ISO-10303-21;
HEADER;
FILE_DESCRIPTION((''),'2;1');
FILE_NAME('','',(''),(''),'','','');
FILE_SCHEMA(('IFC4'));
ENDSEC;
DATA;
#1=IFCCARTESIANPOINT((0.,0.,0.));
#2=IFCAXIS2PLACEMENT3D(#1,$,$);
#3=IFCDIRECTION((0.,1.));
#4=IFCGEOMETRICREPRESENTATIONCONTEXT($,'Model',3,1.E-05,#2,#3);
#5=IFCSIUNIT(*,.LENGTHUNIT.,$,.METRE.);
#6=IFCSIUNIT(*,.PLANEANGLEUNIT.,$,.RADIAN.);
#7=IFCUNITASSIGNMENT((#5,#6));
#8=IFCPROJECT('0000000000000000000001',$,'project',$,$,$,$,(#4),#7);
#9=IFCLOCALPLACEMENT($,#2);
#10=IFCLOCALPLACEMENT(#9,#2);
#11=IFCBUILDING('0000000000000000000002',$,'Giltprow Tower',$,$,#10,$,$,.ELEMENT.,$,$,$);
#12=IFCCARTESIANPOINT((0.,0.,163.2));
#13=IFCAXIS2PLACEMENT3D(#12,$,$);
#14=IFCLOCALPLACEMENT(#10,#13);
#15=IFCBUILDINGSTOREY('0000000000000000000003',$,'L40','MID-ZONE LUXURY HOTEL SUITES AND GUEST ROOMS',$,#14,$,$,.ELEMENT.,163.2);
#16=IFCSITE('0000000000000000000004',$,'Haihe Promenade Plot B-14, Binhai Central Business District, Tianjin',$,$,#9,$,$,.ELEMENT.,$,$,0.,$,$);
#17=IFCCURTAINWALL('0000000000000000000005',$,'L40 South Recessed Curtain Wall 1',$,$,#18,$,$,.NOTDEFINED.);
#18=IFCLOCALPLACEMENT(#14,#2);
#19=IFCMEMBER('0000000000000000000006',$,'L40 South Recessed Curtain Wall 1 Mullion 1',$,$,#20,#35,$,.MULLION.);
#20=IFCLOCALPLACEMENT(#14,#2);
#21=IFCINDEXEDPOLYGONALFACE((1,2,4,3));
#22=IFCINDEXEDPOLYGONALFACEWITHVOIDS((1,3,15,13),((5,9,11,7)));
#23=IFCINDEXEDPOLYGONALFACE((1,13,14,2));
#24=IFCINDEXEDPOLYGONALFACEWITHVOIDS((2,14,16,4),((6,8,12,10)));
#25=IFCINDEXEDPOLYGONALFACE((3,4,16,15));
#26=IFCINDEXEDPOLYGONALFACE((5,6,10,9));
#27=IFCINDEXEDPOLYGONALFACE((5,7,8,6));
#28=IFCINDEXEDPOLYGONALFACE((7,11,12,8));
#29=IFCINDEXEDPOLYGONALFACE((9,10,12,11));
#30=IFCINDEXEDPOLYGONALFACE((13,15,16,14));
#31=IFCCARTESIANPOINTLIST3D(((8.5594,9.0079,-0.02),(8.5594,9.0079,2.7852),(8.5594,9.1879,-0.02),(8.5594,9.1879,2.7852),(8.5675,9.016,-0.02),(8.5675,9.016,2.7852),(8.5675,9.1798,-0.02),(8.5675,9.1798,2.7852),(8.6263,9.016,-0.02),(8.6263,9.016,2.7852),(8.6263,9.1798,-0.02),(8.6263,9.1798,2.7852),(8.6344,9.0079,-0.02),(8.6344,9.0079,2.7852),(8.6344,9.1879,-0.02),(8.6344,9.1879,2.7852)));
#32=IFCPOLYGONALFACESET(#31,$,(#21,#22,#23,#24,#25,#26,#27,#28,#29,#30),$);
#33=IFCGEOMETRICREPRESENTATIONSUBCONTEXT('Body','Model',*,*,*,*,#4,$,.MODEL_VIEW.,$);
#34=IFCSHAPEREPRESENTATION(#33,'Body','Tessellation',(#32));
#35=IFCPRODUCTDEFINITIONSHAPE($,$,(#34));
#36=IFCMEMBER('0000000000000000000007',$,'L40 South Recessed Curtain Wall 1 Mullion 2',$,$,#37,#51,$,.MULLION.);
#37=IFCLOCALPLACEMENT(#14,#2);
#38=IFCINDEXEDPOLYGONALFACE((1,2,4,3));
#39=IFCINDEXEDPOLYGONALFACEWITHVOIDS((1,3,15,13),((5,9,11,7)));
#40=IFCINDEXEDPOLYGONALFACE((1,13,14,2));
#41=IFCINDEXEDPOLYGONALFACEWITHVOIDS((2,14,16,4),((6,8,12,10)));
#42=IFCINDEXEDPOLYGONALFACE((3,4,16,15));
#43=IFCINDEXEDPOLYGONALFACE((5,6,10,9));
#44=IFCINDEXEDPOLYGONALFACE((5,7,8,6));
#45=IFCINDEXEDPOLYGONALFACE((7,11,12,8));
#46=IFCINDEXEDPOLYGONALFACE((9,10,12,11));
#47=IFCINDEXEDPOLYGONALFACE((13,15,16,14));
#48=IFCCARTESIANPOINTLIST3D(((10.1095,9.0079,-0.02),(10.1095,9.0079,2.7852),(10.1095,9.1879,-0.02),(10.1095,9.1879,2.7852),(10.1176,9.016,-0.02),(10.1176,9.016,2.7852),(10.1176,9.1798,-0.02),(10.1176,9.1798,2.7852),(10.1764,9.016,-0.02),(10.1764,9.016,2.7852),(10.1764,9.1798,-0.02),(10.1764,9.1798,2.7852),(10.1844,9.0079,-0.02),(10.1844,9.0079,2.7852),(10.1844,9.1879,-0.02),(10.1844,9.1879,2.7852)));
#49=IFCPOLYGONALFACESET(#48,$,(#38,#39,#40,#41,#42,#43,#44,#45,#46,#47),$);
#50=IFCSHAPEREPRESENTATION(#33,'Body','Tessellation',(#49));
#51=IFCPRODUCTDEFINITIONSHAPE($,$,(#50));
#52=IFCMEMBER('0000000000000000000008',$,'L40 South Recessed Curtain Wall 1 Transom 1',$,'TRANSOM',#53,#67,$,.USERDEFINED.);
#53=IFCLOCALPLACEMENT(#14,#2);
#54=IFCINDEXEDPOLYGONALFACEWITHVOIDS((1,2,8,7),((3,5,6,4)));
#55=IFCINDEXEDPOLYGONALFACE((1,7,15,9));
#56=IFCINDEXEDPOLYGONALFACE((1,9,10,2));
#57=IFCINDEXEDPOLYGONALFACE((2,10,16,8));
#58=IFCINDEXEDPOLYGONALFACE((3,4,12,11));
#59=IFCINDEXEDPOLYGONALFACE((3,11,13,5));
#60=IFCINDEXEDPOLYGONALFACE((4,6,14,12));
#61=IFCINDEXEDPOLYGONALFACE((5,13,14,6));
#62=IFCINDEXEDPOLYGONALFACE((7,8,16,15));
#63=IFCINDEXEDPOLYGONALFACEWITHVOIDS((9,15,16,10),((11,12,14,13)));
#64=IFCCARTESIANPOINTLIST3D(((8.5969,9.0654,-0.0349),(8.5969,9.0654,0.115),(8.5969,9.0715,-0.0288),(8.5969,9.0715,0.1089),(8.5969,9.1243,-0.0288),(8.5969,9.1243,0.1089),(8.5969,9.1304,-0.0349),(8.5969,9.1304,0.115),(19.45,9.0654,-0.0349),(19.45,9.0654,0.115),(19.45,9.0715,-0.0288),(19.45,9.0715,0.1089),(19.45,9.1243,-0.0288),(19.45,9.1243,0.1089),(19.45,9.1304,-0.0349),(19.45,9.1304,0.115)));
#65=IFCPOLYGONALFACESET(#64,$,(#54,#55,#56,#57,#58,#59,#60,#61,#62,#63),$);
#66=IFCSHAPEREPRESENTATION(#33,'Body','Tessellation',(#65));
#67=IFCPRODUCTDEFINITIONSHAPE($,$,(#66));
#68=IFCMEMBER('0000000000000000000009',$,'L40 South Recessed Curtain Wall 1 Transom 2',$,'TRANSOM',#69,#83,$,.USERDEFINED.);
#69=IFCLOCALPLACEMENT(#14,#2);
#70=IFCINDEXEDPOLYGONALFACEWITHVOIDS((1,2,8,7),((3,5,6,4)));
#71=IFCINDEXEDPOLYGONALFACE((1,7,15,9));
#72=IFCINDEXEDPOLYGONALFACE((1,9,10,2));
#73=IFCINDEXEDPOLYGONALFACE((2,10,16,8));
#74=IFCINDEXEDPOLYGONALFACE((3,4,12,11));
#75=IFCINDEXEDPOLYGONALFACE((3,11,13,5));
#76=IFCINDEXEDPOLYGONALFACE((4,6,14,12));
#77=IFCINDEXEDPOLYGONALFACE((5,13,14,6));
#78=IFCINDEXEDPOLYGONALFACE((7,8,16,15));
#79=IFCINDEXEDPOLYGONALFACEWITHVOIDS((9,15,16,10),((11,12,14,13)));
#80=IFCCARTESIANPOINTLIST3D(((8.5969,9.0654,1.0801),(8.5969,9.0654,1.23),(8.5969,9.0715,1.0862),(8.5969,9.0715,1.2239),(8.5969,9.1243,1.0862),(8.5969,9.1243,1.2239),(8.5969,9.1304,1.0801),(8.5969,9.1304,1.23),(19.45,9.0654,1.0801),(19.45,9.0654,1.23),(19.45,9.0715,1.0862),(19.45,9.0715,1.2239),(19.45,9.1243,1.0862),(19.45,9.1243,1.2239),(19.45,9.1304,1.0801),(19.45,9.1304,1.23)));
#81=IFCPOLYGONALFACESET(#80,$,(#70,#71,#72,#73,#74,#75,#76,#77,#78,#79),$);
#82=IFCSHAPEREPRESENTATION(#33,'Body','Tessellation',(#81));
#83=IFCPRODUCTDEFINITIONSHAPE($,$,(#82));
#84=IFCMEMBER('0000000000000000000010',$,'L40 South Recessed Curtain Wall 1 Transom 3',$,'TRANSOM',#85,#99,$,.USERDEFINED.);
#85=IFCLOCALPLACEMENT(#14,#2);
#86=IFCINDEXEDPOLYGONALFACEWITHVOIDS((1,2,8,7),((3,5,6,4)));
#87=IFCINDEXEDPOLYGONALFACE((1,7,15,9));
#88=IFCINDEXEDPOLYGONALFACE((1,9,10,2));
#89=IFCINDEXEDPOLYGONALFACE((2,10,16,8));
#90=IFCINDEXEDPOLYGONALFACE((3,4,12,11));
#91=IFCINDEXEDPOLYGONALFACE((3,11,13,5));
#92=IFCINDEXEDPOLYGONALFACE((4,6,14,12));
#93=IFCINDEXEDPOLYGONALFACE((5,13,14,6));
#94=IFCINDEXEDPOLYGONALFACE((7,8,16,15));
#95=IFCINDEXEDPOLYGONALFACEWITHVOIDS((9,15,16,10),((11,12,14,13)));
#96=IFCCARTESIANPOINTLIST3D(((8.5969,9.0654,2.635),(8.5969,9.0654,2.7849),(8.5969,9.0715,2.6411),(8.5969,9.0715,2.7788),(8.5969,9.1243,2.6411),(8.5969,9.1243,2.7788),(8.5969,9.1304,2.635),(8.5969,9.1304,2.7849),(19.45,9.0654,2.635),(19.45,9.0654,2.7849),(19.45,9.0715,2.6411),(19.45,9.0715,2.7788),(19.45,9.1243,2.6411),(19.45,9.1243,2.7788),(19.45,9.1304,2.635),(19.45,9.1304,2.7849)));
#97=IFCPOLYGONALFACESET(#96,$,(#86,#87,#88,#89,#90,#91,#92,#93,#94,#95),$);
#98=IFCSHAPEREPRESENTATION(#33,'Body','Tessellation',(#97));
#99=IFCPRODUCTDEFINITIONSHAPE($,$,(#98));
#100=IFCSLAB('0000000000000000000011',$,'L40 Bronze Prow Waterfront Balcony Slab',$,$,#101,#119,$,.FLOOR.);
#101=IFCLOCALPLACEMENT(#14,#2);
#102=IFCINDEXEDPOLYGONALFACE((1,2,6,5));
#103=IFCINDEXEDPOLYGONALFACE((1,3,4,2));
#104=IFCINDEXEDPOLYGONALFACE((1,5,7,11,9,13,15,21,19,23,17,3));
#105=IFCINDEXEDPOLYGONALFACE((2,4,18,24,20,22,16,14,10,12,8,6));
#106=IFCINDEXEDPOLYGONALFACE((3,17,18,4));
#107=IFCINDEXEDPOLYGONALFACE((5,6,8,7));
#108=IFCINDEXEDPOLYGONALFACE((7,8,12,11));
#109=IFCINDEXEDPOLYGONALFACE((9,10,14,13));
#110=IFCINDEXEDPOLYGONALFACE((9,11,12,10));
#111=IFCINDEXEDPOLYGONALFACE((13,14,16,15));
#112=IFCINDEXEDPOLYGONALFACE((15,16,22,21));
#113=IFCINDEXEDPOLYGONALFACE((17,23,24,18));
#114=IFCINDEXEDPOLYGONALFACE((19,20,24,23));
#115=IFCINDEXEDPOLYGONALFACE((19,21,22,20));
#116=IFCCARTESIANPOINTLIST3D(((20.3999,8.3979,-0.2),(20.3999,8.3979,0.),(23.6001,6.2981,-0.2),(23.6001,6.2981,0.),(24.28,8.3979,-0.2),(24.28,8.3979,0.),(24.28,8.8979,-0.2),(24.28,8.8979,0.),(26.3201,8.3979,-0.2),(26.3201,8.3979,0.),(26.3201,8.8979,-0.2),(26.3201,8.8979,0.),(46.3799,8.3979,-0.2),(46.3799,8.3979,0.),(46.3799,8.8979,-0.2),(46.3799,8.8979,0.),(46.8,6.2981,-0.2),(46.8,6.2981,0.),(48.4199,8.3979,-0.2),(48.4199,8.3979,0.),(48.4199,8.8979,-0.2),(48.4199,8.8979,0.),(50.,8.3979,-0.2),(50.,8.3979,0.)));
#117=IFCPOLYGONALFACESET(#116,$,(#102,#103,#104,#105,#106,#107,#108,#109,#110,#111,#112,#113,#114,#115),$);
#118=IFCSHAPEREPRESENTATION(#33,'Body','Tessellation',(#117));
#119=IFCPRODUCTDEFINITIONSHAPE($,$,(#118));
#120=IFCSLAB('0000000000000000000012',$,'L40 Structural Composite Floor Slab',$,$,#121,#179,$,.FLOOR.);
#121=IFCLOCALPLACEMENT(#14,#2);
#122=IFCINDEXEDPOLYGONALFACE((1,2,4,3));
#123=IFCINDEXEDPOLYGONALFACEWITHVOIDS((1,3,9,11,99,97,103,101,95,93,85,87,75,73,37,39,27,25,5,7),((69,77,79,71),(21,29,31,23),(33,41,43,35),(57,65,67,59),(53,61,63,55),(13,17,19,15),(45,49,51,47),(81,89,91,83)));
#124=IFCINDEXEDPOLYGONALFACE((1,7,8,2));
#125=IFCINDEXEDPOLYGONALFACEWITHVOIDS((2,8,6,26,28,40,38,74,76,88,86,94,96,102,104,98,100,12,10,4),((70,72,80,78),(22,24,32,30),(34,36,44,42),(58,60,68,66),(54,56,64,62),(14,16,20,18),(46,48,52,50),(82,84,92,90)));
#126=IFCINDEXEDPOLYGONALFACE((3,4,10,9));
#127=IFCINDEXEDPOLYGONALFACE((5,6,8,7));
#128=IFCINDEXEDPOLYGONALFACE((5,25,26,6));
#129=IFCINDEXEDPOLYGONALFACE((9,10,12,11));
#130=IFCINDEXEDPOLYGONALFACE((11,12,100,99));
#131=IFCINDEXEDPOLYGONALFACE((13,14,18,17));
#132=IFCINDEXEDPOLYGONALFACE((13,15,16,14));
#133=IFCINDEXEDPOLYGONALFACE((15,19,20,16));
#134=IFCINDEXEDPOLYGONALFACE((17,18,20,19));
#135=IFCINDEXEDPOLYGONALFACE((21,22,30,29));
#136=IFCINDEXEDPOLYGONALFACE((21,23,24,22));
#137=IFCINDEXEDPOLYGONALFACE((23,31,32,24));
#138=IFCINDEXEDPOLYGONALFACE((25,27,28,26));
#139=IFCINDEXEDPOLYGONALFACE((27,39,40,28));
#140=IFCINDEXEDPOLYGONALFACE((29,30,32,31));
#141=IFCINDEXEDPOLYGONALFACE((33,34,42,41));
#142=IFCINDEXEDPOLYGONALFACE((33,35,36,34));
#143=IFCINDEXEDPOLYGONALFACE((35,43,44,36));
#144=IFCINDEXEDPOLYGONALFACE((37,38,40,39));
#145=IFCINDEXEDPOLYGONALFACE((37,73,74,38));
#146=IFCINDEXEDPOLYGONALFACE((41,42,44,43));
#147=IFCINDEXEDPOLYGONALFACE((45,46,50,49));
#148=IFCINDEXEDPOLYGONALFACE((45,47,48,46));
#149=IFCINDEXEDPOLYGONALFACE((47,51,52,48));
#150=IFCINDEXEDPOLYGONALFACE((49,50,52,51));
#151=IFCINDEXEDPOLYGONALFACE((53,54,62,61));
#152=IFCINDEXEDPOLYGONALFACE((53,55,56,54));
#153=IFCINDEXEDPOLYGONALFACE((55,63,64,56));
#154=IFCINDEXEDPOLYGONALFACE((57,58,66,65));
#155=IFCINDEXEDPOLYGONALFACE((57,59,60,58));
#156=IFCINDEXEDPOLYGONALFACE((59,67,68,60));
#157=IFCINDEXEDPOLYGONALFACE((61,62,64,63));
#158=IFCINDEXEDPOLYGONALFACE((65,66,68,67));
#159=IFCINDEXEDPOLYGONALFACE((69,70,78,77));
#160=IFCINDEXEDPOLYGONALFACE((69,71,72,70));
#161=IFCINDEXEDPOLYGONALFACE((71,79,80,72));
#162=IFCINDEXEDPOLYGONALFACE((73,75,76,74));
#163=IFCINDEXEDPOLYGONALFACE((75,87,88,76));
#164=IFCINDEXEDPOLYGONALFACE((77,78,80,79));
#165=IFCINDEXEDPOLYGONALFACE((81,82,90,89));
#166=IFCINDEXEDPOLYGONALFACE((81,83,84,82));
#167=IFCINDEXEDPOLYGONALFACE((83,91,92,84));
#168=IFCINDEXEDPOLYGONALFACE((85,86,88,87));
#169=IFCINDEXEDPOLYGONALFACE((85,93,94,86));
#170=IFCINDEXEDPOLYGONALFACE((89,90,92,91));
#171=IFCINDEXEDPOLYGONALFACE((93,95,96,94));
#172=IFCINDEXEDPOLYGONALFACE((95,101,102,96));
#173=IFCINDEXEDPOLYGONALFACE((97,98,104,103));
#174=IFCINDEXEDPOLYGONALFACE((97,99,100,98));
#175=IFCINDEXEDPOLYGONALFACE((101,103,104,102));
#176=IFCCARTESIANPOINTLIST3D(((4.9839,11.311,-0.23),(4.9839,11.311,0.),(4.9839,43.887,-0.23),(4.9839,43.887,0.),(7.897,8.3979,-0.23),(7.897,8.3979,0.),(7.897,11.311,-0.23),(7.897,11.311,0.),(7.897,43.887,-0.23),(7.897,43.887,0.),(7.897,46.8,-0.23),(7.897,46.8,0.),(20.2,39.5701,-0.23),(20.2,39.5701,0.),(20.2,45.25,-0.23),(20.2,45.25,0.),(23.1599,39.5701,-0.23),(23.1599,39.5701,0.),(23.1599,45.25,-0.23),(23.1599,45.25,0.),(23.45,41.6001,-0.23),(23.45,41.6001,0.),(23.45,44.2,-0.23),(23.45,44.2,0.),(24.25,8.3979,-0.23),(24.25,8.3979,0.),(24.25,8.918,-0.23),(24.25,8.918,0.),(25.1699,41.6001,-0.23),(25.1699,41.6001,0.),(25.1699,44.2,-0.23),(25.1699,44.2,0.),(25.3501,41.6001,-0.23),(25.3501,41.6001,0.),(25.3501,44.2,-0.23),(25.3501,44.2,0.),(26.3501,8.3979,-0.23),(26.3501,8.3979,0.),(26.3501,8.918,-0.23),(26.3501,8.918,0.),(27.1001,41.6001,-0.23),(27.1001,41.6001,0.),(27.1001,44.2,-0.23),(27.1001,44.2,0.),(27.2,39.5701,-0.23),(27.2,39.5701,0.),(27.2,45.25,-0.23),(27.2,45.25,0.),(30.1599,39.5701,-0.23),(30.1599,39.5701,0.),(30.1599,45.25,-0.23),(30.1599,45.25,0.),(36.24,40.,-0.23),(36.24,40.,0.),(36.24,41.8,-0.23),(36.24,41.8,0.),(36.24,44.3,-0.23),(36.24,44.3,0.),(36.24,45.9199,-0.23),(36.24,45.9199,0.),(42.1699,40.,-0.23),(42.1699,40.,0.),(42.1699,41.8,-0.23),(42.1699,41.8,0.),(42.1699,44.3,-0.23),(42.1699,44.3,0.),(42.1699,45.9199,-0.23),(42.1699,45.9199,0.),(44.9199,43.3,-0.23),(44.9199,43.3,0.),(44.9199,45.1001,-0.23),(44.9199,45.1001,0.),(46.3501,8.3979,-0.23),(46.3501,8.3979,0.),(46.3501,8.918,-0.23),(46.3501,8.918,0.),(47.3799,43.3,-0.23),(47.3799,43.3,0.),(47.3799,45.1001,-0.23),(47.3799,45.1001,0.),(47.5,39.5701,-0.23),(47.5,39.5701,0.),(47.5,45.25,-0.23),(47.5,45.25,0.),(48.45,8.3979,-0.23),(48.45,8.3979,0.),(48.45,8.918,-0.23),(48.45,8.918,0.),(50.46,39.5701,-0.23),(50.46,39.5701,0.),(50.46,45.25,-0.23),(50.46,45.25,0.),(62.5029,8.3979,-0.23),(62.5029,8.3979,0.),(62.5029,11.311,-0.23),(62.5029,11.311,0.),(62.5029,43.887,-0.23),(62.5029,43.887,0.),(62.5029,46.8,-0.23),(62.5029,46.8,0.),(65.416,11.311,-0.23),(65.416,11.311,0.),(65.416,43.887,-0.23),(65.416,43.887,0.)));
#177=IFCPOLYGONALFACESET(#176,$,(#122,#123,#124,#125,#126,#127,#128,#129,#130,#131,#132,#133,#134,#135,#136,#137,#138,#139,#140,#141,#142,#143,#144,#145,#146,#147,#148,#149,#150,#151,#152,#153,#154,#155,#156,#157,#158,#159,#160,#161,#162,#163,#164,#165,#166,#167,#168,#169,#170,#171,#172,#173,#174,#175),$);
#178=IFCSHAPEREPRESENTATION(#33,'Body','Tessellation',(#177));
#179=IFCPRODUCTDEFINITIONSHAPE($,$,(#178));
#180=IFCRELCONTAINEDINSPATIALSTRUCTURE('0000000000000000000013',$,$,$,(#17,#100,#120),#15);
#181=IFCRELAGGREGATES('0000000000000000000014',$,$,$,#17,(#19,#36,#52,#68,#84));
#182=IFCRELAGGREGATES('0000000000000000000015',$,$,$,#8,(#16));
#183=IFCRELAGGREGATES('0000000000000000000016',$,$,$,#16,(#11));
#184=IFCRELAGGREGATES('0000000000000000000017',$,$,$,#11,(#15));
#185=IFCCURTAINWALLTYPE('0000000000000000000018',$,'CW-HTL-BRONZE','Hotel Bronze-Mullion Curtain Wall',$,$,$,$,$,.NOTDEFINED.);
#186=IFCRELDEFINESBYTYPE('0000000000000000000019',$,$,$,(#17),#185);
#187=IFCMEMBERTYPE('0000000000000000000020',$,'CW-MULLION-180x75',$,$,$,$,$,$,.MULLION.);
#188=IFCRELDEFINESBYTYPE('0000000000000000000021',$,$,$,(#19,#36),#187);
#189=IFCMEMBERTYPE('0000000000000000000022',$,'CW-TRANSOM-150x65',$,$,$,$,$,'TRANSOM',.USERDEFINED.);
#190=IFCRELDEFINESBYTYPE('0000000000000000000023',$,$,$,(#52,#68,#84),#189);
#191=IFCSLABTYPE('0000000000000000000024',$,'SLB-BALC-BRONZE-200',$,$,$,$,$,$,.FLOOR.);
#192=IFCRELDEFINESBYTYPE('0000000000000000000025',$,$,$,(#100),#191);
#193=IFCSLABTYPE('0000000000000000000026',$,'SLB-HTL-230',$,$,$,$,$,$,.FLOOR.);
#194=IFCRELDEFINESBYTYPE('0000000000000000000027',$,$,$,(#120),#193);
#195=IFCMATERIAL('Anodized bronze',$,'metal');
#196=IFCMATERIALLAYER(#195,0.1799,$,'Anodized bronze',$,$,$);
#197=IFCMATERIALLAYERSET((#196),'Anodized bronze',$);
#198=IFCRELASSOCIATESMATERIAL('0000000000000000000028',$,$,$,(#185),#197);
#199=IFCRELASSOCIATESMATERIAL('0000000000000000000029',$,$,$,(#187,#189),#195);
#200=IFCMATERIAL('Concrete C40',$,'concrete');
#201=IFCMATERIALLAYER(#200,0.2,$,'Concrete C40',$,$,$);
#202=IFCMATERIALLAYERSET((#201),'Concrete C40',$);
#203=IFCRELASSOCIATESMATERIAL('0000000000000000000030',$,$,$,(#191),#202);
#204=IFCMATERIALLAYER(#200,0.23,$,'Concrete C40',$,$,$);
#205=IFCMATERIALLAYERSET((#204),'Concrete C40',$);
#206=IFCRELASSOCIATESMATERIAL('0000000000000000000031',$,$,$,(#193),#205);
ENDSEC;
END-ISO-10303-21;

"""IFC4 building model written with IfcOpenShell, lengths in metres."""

from ifc_helpers import new_model, si_unit, direction, frame, origin, origin_2d, place, context, subcontext, project, spatial, polyline, hollow_rectangle, outline, extrude, source, transform, mapped, material, layer, layer_set, material_profile, profile_set, type_object, element, aggregate, save


model = new_model("IFC4")

# Units and contexts
model_context = context("Model", 3, precision=1e-05, world=origin(), true_north=direction((0.0, 1.0)))
body_context = subcontext(model_context, "Body", "Model", "MODEL_VIEW")
ifc_project = project(units=[si_unit("LENGTHUNIT", "METRE"), si_unit("PLANEANGLEUNIT", "RADIAN")], contexts=[model_context])

# Site, building, storey
site_placement = place(None, origin())
site = spatial("IfcSite", under=ifc_project, at=site_placement, Name="Haihe Promenade Plot B-14, Binhai Central Business District, Tianjin", CompositionType="ELEMENT", RefElevation=0.0)
building_placement = place(site_placement, origin())
building = spatial("IfcBuilding", under=site, at=building_placement, Name="Giltprow Tower", CompositionType="ELEMENT")
storey_placement = place(building_placement, frame((0.0, 0.0, 163.2)))
storey = spatial("IfcBuildingStorey", under=building, at=storey_placement, Name="L40", Description="MID-ZONE LUXURY HOTEL SUITES AND GUEST ROOMS", CompositionType="ELEMENT", Elevation=163.2)

# Curtain wall, members
ifc_material_1 = material(Name="Anodized bronze", Category="metal")
ifc_layer_1 = layer(ifc_material_1, 0.1799, Name="Anodized bronze")
ifc_layer_set_1 = layer_set([ifc_layer_1], Name="Anodized bronze")
curtain_wall_type = type_object("IfcCurtainWallType", Name="CW-HTL-BRONZE", Description="Hotel Bronze-Mullion Curtain Wall", PredefinedType="NOTDEFINED", material=ifc_layer_set_1)
curtain_wall_placement = place(storey_placement, origin())
curtain_wall = element("IfcCurtainWall", 1, at=curtain_wall_placement, inside=storey, type_object=curtain_wall_type, Name="L40 South Recessed Curtain Wall 1", PredefinedType="NOTDEFINED")
ifc_material_profile_1 = material_profile(ifc_material_1, hollow_rectangle(XDim=0.075, YDim=0.1799, WallThickness=0.0081, at=origin_2d()), Name="RHS 180x75x8")
ifc_profile_set_1 = profile_set([ifc_material_profile_1], Name="Anodized bronze")
member_type_1 = type_object("IfcMemberType", Name="CW-MULLION-180x75", PredefinedType="MULLION", material=ifc_profile_set_1)
shared_shape_1 = source(origin(), body_context, "Body", "SweptSolid", [
    extrude(hollow_rectangle(XDim=0.075, YDim=0.1799, WallThickness=0.0081, at=origin_2d()), origin(), (0.0, 0.0, 1.0), 2.8052),
])
member_1_placement = place(storey_placement, frame((8.5969, 9.0979, -0.02), z_axis=(0.0, 0.0, 1.0), x_axis=(1.0, 0.0, 0.0)))
member_1 = element("IfcMember", 2, at=member_1_placement, type_object=member_type_1, Name="L40 South Recessed Curtain Wall 1 Mullion 1", PredefinedType="MULLION", context=body_context, shape_type="MappedRepresentation", body=[
    mapped(shared_shape_1, transform((0.0, 0.0, 0.0), x_axis=(1.0, 0.0, 0.0), y_axis=(0.0, 1.0, 0.0), z_axis=(0.0, 0.0, 1.0), scale=1.0)),
])
member_2_placement = place(storey_placement, frame((10.147, 9.0979, -0.02), z_axis=(0.0, 0.0, 1.0), x_axis=(1.0, 0.0, 0.0)))
member_2 = element("IfcMember", 3, at=member_2_placement, type_object=member_type_1, Name="L40 South Recessed Curtain Wall 1 Mullion 2", PredefinedType="MULLION", context=body_context, shape_type="MappedRepresentation", body=[
    mapped(shared_shape_1, transform((0.0, 0.0, 0.0), x_axis=(1.0, 0.0, 0.0), y_axis=(0.0, 1.0, 0.0), z_axis=(0.0, 0.0, 1.0), scale=1.0)),
])
ifc_material_profile_2 = material_profile(ifc_material_1, hollow_rectangle(XDim=0.0649, YDim=0.1499, WallThickness=0.0061, at=origin_2d()), Name="RHS 150x65x6")
ifc_profile_set_2 = profile_set([ifc_material_profile_2], Name="Anodized bronze")
member_type_2 = type_object("IfcMemberType", Name="CW-TRANSOM-150x65", ElementType="TRANSOM", PredefinedType="USERDEFINED", material=ifc_profile_set_2)
shared_shape_2 = source(origin(), body_context, "Body", "SweptSolid", [
    extrude(hollow_rectangle(XDim=0.0649, YDim=0.1499, WallThickness=0.0061, at=origin_2d()), origin(), (0.0, 0.0, 1.0), 10.853),
])
member_3_placement = place(storey_placement, frame((8.5969, 9.0979, 0.04), z_axis=(1.0, 0.0, 0.0), x_axis=(0.0, 1.0, 0.0)))
member_3 = element("IfcMember", 4, at=member_3_placement, type_object=member_type_2, Name="L40 South Recessed Curtain Wall 1 Transom 1", ObjectType="TRANSOM", PredefinedType="USERDEFINED", context=body_context, shape_type="MappedRepresentation", body=[
    mapped(shared_shape_2, transform((0.0, 0.0, 0.0), x_axis=(1.0, 0.0, 0.0), y_axis=(0.0, 1.0, 0.0), z_axis=(0.0, 0.0, 1.0), scale=1.0)),
])
member_4_placement = place(storey_placement, frame((8.5969, 9.0979, 1.155), z_axis=(1.0, 0.0, 0.0), x_axis=(0.0, 1.0, 0.0)))
member_4 = element("IfcMember", 5, at=member_4_placement, type_object=member_type_2, Name="L40 South Recessed Curtain Wall 1 Transom 2", ObjectType="TRANSOM", PredefinedType="USERDEFINED", context=body_context, shape_type="MappedRepresentation", body=[
    mapped(shared_shape_2, transform((0.0, 0.0, 0.0), x_axis=(1.0, 0.0, 0.0), y_axis=(0.0, 1.0, 0.0), z_axis=(0.0, 0.0, 1.0), scale=1.0)),
])
member_5_placement = place(storey_placement, frame((8.5969, 9.0979, 2.71), z_axis=(1.0, 0.0, 0.0), x_axis=(0.0, 1.0, 0.0)))
member_5 = element("IfcMember", 6, at=member_5_placement, type_object=member_type_2, Name="L40 South Recessed Curtain Wall 1 Transom 3", ObjectType="TRANSOM", PredefinedType="USERDEFINED", context=body_context, shape_type="MappedRepresentation", body=[
    mapped(shared_shape_2, transform((0.0, 0.0, 0.0), x_axis=(1.0, 0.0, 0.0), y_axis=(0.0, 1.0, 0.0), z_axis=(0.0, 0.0, 1.0), scale=1.0)),
])

# Slabs
ifc_material_2 = material(Name="Concrete C40", Category="concrete")
ifc_layer_2 = layer(ifc_material_2, 0.2, Name="Concrete C40")
ifc_layer_set_2 = layer_set([ifc_layer_2], Name="Concrete C40")
slab_type_1 = type_object("IfcSlabType", Name="SLB-BALC-BRONZE-200", PredefinedType="FLOOR", material=ifc_layer_set_2)
slab_1_placement = place(storey_placement, frame((0.0, 0.0, -0.2)))
element("IfcSlab", 7, at=slab_1_placement, inside=storey, type_object=slab_type_1, Name="L40 Bronze Prow Waterfront Balcony Slab", PredefinedType="FLOOR", context=body_context, shape_type="SweptSolid", body=[
    extrude(outline(polyline([(50.0, 8.3979), (46.8, 6.2981), (23.6001, 6.2981), (20.3999, 8.3979), (24.28, 8.3979), (24.28, 8.8979), (26.3201, 8.8979), (26.3201, 8.3979), (46.3799, 8.3979), (46.3799, 8.8979), (48.4199, 8.8979), (48.4199, 8.3979), (50.0, 8.3979)])), origin(), (0.0, 0.0, 1.0), 0.2),
])
ifc_layer_3 = layer(ifc_material_2, 0.23, Name="Concrete C40")
ifc_layer_set_3 = layer_set([ifc_layer_3], Name="Concrete C40")
slab_type_2 = type_object("IfcSlabType", Name="SLB-HTL-230", PredefinedType="FLOOR", material=ifc_layer_set_3)
slab_2_placement = place(storey_placement, frame((0.0, 0.0, -0.23)))
element("IfcSlab", 8, at=slab_2_placement, inside=storey, type_object=slab_type_2, Name="L40 Structural Composite Floor Slab", PredefinedType="FLOOR", context=body_context, shape_type="SweptSolid", body=[
    extrude(outline(polyline([(7.897, 8.3979), (7.897, 11.311), (4.9839, 11.311), (4.9839, 43.887), (7.897, 43.887), (7.897, 46.8), (62.5029, 46.8), (62.5029, 43.887), (65.416, 43.887), (65.416, 11.311), (62.5029, 11.311), (62.5029, 8.3979), (48.45, 8.3979), (48.45, 8.918), (46.3501, 8.918), (46.3501, 8.3979), (26.3501, 8.3979), (26.3501, 8.918), (24.25, 8.918), (24.25, 8.3979), (7.897, 8.3979)]), holes=[polyline([(42.1699, 41.8), (36.24, 41.8), (36.24, 40.0), (42.1699, 40.0), (42.1699, 41.8)]), polyline([(23.1599, 39.5701), (23.1599, 45.25), (20.2, 45.25), (20.2, 39.5701), (23.1599, 39.5701)]), polyline([(30.1599, 39.5701), (30.1599, 45.25), (27.2, 45.25), (27.2, 39.5701), (30.1599, 39.5701)]), polyline([(50.46, 45.25), (47.5, 45.25), (47.5, 39.5701), (50.46, 39.5701), (50.46, 45.25)]), polyline([(25.1699, 44.2), (23.45, 44.2), (23.45, 41.6001), (25.1699, 41.6001), (25.1699, 44.2)]), polyline([(27.1001, 44.2), (25.3501, 44.2), (25.3501, 41.6001), (27.1001, 41.6001), (27.1001, 44.2)]), polyline([(47.3799, 43.3), (47.3799, 45.1001), (44.9199, 45.1001), (44.9199, 43.3), (47.3799, 43.3)]), polyline([(42.1699, 44.3), (42.1699, 45.9199), (36.24, 45.9199), (36.24, 44.3), (42.1699, 44.3)])]), origin(), (0.0, 0.0, 1.0), 0.23),
])

aggregate(curtain_wall, [member_1, member_2, member_3, member_4, member_5])

save(model, "model.ifc")
